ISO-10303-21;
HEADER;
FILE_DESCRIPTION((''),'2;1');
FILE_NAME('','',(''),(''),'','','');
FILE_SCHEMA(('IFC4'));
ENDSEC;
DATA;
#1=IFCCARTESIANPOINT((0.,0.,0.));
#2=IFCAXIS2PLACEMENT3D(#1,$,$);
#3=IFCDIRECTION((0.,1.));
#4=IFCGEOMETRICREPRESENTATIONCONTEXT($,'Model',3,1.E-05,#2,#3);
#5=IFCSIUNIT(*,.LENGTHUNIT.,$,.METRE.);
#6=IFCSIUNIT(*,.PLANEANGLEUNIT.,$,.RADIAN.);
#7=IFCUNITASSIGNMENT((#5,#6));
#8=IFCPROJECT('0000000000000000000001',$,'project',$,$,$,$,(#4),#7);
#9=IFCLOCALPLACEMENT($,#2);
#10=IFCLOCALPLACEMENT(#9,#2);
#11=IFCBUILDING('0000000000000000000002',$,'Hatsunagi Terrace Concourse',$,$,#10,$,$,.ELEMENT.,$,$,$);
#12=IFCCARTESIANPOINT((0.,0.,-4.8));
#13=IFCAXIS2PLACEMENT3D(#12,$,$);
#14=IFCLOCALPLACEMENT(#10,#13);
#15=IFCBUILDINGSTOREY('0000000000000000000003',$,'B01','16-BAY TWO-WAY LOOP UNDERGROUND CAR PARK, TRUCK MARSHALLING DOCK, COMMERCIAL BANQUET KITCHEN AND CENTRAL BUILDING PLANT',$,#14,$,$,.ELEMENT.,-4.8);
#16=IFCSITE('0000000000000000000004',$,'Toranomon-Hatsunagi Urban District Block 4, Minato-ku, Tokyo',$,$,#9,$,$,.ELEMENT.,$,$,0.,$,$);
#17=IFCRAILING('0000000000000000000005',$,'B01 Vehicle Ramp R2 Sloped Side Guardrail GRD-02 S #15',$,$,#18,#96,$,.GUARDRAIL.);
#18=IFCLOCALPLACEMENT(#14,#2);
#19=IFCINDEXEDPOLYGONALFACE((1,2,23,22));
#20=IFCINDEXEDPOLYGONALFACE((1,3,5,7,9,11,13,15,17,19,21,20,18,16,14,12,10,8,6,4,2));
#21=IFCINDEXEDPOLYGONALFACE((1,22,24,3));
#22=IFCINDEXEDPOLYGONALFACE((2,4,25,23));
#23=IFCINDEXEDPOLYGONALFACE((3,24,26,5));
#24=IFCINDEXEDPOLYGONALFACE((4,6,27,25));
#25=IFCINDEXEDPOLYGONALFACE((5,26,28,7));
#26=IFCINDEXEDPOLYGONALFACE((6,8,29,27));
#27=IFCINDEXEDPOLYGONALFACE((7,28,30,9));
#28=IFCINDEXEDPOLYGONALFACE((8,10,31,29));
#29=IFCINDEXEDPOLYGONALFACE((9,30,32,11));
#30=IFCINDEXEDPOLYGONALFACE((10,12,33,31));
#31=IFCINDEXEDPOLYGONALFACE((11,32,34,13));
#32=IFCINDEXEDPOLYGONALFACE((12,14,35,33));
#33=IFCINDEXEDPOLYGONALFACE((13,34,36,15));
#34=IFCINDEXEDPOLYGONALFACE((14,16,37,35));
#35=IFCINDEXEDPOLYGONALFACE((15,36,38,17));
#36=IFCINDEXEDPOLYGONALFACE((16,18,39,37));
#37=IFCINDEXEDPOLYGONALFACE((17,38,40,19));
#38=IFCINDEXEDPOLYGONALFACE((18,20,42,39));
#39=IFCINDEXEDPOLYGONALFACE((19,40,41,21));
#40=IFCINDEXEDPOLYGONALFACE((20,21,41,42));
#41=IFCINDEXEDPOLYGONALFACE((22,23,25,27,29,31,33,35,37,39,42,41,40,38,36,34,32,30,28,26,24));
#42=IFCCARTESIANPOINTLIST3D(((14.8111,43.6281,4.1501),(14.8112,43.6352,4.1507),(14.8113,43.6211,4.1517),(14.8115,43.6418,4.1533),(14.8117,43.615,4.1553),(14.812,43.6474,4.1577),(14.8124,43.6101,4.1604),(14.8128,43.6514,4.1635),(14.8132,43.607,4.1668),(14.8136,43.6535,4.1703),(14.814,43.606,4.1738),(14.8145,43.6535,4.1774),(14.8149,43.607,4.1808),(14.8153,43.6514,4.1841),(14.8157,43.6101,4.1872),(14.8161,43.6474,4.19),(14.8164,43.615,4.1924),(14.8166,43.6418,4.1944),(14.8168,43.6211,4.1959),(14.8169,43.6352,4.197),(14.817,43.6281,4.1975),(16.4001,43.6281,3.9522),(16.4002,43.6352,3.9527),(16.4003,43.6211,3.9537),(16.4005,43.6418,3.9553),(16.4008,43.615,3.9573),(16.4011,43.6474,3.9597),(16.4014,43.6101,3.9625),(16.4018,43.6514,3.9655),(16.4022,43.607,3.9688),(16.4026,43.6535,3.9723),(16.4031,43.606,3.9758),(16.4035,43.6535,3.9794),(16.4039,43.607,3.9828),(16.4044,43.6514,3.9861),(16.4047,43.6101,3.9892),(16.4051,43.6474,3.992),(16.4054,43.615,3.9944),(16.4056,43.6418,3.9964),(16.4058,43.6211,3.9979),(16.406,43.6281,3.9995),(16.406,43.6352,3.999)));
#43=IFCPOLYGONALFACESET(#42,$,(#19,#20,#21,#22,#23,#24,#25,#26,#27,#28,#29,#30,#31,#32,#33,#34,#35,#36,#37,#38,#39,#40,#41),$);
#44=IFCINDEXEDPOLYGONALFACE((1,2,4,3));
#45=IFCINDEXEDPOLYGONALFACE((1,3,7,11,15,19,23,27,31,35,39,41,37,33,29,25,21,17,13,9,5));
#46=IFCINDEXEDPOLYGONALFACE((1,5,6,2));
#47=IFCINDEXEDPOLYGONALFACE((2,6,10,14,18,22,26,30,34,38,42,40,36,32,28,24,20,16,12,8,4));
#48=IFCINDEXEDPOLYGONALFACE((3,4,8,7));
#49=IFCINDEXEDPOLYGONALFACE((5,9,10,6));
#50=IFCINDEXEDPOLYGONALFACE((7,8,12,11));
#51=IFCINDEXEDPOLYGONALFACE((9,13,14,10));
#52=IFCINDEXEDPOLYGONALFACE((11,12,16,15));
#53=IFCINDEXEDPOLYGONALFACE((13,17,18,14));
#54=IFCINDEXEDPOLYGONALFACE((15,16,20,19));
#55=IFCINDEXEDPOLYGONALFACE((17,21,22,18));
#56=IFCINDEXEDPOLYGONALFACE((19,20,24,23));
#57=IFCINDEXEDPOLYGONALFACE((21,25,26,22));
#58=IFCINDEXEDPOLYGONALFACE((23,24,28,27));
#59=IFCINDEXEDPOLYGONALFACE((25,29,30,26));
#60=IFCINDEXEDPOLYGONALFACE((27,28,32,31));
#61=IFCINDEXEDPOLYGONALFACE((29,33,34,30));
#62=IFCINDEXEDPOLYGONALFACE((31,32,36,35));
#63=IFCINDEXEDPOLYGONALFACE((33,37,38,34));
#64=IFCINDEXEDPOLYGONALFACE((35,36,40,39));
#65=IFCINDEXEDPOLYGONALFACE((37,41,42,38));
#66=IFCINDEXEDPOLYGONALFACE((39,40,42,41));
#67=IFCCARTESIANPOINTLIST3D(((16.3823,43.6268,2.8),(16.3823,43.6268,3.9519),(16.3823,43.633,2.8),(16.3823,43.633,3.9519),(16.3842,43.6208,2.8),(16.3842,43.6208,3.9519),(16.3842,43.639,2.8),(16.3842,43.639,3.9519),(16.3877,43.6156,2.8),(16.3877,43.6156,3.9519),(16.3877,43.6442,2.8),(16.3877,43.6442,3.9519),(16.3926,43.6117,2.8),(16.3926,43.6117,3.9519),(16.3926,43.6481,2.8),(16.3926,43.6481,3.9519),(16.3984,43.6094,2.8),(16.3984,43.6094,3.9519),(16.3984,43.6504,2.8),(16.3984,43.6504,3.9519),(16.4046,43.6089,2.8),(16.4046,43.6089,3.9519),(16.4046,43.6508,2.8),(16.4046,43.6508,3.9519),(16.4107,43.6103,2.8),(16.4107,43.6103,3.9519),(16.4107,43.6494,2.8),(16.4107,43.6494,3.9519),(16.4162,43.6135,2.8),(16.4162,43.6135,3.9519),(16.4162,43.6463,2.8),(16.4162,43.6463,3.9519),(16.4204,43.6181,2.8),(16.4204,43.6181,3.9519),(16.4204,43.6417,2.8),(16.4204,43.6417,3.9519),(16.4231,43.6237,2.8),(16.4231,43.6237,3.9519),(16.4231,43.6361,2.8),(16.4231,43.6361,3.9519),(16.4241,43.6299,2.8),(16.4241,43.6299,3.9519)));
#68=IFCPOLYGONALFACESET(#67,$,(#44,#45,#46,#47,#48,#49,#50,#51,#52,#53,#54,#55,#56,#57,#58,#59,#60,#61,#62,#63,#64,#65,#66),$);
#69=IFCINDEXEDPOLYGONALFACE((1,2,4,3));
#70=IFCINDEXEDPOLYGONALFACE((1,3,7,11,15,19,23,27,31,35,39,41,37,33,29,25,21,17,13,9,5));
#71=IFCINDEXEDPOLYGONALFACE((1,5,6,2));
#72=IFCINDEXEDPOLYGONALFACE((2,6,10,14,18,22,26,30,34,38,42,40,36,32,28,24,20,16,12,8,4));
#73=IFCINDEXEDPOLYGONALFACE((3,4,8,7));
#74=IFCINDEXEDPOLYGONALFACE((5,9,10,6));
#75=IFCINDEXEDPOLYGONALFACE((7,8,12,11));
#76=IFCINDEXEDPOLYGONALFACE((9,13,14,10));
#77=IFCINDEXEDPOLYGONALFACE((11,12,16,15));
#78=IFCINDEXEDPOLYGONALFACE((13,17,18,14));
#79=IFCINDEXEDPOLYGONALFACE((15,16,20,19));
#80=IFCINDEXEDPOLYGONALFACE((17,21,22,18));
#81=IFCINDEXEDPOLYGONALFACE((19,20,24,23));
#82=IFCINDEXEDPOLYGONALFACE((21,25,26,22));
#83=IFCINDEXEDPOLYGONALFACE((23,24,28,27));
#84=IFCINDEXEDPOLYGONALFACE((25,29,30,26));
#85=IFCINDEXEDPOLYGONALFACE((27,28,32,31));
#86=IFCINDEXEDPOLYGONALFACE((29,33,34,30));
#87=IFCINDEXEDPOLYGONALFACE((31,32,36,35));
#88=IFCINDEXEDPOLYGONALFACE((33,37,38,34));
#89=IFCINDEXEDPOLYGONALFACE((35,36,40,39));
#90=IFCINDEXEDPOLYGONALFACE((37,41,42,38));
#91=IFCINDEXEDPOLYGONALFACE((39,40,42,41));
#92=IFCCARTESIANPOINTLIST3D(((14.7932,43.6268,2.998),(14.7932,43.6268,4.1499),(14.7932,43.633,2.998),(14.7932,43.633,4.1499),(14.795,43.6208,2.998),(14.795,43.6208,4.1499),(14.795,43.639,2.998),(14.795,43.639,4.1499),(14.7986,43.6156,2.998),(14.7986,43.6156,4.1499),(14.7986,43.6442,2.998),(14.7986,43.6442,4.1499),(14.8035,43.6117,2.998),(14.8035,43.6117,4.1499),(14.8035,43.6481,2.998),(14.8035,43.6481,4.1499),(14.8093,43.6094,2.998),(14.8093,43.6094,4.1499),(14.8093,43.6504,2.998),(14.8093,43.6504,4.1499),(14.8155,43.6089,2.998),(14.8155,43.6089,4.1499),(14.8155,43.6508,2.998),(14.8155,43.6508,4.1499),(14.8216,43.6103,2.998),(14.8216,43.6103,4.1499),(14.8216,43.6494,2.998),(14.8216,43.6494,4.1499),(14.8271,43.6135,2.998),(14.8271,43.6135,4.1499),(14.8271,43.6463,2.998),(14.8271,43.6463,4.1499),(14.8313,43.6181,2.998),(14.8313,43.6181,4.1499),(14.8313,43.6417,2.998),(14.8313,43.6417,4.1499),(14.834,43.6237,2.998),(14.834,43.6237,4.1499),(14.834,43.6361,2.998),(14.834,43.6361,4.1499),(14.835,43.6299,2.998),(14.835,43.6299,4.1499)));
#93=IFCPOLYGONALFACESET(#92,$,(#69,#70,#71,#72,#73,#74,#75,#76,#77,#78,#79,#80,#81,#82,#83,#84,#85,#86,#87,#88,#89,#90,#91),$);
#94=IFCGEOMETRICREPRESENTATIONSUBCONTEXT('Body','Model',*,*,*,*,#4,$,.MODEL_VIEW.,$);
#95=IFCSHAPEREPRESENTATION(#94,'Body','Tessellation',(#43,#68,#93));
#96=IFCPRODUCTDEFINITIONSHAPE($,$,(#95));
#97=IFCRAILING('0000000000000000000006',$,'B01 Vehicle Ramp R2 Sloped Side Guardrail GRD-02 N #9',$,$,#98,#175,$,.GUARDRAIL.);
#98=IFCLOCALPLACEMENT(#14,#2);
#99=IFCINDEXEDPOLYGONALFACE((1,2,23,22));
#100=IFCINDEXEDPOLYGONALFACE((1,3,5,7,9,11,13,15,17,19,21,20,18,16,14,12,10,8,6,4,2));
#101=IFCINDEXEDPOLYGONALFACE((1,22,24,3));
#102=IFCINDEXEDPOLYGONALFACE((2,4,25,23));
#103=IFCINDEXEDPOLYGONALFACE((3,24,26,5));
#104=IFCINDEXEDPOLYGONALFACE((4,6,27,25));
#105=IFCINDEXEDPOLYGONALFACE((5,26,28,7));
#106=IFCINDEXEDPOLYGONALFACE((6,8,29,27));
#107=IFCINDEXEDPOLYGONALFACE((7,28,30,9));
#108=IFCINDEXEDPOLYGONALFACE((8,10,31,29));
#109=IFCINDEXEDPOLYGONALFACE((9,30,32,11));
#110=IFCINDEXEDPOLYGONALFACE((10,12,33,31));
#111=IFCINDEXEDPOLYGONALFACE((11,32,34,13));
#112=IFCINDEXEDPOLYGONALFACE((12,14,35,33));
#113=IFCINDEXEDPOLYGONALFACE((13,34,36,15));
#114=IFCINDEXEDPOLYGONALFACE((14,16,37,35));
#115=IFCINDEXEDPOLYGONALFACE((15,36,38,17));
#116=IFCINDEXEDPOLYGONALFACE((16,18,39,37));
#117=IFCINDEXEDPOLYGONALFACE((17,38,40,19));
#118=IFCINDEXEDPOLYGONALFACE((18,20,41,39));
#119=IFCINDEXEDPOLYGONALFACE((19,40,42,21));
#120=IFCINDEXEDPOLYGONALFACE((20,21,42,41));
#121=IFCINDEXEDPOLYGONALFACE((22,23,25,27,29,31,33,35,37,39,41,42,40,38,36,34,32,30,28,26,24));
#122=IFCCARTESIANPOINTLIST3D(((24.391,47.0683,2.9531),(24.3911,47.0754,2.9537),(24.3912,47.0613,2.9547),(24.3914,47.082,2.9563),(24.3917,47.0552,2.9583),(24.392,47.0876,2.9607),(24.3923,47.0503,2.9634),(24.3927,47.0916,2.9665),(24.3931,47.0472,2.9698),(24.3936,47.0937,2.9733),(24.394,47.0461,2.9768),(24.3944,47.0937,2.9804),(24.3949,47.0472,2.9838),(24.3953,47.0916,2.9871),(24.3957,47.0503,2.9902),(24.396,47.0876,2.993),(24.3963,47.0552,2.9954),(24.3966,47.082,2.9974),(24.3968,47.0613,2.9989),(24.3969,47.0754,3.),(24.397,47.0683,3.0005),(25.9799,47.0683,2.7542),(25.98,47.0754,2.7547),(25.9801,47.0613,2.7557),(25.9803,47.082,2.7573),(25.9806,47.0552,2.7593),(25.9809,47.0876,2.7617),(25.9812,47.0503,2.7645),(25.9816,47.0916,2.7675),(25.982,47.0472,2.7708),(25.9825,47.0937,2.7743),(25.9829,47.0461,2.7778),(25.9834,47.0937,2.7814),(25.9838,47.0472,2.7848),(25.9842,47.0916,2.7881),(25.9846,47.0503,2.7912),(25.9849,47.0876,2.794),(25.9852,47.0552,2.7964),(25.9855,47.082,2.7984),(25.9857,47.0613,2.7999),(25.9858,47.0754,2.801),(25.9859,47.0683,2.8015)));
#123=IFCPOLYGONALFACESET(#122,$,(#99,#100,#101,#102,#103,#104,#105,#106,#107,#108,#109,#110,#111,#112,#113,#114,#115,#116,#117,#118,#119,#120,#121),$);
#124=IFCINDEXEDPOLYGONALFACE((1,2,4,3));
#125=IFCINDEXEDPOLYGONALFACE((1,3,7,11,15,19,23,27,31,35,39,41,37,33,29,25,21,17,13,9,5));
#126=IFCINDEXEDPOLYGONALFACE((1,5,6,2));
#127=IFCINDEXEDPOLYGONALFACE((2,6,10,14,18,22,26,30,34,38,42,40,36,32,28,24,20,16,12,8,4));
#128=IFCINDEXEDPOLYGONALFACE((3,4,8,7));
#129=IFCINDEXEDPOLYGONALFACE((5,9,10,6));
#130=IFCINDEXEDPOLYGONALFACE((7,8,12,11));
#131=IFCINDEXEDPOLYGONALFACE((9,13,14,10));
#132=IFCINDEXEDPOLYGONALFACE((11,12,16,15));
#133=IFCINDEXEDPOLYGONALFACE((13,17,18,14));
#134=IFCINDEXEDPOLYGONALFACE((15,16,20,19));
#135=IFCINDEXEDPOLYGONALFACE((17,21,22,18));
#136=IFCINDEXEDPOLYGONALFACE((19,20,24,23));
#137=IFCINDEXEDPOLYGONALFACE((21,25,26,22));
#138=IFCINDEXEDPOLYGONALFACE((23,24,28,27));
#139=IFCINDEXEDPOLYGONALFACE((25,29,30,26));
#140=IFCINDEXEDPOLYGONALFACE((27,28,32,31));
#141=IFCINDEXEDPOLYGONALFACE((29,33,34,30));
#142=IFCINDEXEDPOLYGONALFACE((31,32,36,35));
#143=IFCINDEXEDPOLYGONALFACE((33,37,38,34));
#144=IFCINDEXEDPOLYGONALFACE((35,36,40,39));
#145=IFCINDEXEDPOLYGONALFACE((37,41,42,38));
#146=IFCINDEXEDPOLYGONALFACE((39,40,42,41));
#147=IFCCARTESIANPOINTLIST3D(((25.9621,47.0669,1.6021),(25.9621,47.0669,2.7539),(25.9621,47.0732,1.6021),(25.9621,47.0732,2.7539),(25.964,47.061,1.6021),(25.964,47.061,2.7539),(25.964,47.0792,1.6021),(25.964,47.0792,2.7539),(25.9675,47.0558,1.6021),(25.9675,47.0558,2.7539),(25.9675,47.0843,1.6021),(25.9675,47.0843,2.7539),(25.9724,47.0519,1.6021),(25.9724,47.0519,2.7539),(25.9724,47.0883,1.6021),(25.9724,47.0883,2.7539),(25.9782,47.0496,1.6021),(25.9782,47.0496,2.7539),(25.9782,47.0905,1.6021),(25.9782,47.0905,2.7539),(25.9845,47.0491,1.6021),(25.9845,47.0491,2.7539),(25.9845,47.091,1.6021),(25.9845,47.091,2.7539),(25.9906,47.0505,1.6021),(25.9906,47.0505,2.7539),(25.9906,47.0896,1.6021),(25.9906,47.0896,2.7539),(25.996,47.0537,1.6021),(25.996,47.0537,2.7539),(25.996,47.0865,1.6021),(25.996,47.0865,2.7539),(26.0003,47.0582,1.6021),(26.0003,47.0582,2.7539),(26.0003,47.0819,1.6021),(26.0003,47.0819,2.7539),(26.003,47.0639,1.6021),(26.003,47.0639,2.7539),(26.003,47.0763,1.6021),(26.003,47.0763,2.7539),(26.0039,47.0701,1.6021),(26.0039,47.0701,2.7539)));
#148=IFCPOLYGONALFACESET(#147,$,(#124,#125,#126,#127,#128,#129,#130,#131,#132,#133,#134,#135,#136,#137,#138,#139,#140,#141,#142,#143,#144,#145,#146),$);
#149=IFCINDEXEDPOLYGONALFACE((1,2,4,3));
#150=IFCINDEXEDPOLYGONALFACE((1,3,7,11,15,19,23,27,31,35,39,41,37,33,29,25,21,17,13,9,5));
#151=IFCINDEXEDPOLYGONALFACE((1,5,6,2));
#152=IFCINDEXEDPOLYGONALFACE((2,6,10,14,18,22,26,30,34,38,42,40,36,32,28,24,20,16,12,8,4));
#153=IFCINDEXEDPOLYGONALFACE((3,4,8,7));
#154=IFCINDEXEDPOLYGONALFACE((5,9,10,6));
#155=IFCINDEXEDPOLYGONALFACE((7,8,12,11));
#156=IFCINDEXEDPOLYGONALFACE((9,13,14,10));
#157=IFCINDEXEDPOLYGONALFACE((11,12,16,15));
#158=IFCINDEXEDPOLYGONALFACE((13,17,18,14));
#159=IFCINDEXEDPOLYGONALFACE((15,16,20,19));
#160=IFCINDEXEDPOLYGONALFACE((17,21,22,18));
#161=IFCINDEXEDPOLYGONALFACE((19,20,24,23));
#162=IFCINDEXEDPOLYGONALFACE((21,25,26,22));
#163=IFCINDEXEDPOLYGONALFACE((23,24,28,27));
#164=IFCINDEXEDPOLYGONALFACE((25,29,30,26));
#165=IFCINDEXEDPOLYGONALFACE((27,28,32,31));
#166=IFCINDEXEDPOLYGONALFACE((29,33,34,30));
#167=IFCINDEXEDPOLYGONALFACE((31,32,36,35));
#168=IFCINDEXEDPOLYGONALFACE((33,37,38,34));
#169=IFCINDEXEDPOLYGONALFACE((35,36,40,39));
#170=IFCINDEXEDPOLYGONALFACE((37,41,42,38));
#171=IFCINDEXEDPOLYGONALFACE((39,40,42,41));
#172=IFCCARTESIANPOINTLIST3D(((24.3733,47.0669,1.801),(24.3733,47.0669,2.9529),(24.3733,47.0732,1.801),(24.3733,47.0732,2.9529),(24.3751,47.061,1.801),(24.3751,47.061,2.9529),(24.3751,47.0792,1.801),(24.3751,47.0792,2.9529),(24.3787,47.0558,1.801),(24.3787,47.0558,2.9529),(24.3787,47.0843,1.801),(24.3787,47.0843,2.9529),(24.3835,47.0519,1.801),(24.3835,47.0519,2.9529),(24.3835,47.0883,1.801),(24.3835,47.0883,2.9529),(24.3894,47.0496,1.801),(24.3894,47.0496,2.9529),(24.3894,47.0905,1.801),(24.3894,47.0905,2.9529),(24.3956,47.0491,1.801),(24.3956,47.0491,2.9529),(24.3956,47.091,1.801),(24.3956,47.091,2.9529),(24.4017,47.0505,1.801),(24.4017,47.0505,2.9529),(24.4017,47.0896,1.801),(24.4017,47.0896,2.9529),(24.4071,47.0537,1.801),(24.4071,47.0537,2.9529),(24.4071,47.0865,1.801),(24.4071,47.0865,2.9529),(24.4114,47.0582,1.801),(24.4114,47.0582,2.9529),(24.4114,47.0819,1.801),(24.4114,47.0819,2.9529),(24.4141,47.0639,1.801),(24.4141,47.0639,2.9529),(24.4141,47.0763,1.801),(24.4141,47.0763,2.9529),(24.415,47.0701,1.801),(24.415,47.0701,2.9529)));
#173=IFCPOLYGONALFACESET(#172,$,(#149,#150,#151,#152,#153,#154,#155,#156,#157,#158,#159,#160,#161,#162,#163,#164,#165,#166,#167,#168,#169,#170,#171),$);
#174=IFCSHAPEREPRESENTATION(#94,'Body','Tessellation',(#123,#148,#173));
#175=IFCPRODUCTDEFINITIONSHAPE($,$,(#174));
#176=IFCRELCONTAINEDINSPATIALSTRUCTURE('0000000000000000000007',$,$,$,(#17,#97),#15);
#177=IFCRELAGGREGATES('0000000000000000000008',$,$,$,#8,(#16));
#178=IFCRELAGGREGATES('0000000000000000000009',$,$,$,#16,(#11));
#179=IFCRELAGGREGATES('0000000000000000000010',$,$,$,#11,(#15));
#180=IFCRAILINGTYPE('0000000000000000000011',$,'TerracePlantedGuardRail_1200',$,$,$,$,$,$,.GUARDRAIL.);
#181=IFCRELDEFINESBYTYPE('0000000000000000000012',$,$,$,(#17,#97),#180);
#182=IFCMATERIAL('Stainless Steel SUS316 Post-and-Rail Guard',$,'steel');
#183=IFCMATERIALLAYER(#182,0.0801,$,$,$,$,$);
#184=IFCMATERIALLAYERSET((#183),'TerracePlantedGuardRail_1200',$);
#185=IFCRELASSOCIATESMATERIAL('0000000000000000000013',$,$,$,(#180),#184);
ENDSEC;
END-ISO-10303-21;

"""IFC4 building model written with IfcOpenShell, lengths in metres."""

from ifc_helpers import new_model, si_unit, direction, frame, origin, origin_2d, place, context, subcontext, project, spatial, circle, extrude, material, layer, layer_set, type_object, element, save


model = new_model("IFC4")

# Units and contexts
model_context = context("Model", 3, precision=1e-05, world=origin(), true_north=direction((0.0, 1.0)))
body_context = subcontext(model_context, "Body", "Model", "MODEL_VIEW")
ifc_project = project(units=[si_unit("LENGTHUNIT", "METRE"), si_unit("PLANEANGLEUNIT", "RADIAN")], contexts=[model_context])

# Site, building, storey
site_placement = place(None, origin())
site = spatial("IfcSite", under=ifc_project, at=site_placement, Name="Toranomon-Hatsunagi Urban District Block 4, Minato-ku, Tokyo", CompositionType="ELEMENT", RefElevation=0.0)
building_placement = place(site_placement, origin())
building = spatial("IfcBuilding", under=site, at=building_placement, Name="Hatsunagi Terrace Concourse", CompositionType="ELEMENT")
storey_placement = place(building_placement, frame((0.0, 0.0, -4.8)))
storey = spatial("IfcBuildingStorey", under=building, at=storey_placement, Name="B01", Description="16-BAY TWO-WAY LOOP UNDERGROUND CAR PARK, TRUCK MARSHALLING DOCK, COMMERCIAL BANQUET KITCHEN AND CENTRAL BUILDING PLANT", CompositionType="ELEMENT", Elevation=-4.8)

# Railings
ifc_material_1 = material(Name="Stainless Steel SUS316 Post-and-Rail Guard", Category="steel")
ifc_layer_1 = layer(ifc_material_1, 0.0801)
ifc_layer_set_1 = layer_set([ifc_layer_1], Name="TerracePlantedGuardRail_1200")
railing_type = type_object("IfcRailingType", Name="TerracePlantedGuardRail_1200", PredefinedType="GUARDRAIL", material=ifc_layer_set_1)
railing_1_placement = place(storey_placement, frame((16.4031, 43.6299, 2.8)))
element("IfcRailing", 1, at=railing_1_placement, inside=storey, type_object=railing_type, Name="B01 Vehicle Ramp R2 Sloped Side Guardrail GRD-02 S #15", PredefinedType="GUARDRAIL", context=body_context, shape_type="SweptSolid", body=[
    extrude(circle(Radius=0.0239, at=origin_2d()), frame((0.0, 0.0, 1.1758), z_axis=(-0.992327, 0.0, 0.123641), x_axis=(0.0, -1.0, 0.0)), (0.0, 0.0, 1.0), 1.6013),
    extrude(circle(Radius=0.021, at=origin_2d()), origin(), (0.0, 0.0, 1.0), 1.1519),
    extrude(circle(Radius=0.021, at=origin_2d()), frame((-1.5891, 0.0, 0.198)), (0.0, 0.0, 1.0), 1.1519),
])
railing_2_placement = place(storey_placement, frame((25.9829, 47.0701, 1.6021)))
element("IfcRailing", 2, at=railing_2_placement, inside=storey, type_object=railing_type, Name="B01 Vehicle Ramp R2 Sloped Side Guardrail GRD-02 N #9", PredefinedType="GUARDRAIL", context=body_context, shape_type="SweptSolid", body=[
    extrude(circle(Radius=0.0239, at=origin_2d()), frame((0.0, 0.0, 1.1758), z_axis=(-0.99225, 0.0, 0.12426), x_axis=(0.0, -1.0, 0.0)), (0.0, 0.0, 1.0), 1.6013),
    extrude(circle(Radius=0.021, at=origin_2d()), origin(), (0.0, 0.0, 1.0), 1.1519),
    extrude(circle(Radius=0.021, at=origin_2d()), frame((-1.5889, 0.0, 0.199)), (0.0, 0.0, 1.0), 1.1519),
])

save(model, "model.ifc")
